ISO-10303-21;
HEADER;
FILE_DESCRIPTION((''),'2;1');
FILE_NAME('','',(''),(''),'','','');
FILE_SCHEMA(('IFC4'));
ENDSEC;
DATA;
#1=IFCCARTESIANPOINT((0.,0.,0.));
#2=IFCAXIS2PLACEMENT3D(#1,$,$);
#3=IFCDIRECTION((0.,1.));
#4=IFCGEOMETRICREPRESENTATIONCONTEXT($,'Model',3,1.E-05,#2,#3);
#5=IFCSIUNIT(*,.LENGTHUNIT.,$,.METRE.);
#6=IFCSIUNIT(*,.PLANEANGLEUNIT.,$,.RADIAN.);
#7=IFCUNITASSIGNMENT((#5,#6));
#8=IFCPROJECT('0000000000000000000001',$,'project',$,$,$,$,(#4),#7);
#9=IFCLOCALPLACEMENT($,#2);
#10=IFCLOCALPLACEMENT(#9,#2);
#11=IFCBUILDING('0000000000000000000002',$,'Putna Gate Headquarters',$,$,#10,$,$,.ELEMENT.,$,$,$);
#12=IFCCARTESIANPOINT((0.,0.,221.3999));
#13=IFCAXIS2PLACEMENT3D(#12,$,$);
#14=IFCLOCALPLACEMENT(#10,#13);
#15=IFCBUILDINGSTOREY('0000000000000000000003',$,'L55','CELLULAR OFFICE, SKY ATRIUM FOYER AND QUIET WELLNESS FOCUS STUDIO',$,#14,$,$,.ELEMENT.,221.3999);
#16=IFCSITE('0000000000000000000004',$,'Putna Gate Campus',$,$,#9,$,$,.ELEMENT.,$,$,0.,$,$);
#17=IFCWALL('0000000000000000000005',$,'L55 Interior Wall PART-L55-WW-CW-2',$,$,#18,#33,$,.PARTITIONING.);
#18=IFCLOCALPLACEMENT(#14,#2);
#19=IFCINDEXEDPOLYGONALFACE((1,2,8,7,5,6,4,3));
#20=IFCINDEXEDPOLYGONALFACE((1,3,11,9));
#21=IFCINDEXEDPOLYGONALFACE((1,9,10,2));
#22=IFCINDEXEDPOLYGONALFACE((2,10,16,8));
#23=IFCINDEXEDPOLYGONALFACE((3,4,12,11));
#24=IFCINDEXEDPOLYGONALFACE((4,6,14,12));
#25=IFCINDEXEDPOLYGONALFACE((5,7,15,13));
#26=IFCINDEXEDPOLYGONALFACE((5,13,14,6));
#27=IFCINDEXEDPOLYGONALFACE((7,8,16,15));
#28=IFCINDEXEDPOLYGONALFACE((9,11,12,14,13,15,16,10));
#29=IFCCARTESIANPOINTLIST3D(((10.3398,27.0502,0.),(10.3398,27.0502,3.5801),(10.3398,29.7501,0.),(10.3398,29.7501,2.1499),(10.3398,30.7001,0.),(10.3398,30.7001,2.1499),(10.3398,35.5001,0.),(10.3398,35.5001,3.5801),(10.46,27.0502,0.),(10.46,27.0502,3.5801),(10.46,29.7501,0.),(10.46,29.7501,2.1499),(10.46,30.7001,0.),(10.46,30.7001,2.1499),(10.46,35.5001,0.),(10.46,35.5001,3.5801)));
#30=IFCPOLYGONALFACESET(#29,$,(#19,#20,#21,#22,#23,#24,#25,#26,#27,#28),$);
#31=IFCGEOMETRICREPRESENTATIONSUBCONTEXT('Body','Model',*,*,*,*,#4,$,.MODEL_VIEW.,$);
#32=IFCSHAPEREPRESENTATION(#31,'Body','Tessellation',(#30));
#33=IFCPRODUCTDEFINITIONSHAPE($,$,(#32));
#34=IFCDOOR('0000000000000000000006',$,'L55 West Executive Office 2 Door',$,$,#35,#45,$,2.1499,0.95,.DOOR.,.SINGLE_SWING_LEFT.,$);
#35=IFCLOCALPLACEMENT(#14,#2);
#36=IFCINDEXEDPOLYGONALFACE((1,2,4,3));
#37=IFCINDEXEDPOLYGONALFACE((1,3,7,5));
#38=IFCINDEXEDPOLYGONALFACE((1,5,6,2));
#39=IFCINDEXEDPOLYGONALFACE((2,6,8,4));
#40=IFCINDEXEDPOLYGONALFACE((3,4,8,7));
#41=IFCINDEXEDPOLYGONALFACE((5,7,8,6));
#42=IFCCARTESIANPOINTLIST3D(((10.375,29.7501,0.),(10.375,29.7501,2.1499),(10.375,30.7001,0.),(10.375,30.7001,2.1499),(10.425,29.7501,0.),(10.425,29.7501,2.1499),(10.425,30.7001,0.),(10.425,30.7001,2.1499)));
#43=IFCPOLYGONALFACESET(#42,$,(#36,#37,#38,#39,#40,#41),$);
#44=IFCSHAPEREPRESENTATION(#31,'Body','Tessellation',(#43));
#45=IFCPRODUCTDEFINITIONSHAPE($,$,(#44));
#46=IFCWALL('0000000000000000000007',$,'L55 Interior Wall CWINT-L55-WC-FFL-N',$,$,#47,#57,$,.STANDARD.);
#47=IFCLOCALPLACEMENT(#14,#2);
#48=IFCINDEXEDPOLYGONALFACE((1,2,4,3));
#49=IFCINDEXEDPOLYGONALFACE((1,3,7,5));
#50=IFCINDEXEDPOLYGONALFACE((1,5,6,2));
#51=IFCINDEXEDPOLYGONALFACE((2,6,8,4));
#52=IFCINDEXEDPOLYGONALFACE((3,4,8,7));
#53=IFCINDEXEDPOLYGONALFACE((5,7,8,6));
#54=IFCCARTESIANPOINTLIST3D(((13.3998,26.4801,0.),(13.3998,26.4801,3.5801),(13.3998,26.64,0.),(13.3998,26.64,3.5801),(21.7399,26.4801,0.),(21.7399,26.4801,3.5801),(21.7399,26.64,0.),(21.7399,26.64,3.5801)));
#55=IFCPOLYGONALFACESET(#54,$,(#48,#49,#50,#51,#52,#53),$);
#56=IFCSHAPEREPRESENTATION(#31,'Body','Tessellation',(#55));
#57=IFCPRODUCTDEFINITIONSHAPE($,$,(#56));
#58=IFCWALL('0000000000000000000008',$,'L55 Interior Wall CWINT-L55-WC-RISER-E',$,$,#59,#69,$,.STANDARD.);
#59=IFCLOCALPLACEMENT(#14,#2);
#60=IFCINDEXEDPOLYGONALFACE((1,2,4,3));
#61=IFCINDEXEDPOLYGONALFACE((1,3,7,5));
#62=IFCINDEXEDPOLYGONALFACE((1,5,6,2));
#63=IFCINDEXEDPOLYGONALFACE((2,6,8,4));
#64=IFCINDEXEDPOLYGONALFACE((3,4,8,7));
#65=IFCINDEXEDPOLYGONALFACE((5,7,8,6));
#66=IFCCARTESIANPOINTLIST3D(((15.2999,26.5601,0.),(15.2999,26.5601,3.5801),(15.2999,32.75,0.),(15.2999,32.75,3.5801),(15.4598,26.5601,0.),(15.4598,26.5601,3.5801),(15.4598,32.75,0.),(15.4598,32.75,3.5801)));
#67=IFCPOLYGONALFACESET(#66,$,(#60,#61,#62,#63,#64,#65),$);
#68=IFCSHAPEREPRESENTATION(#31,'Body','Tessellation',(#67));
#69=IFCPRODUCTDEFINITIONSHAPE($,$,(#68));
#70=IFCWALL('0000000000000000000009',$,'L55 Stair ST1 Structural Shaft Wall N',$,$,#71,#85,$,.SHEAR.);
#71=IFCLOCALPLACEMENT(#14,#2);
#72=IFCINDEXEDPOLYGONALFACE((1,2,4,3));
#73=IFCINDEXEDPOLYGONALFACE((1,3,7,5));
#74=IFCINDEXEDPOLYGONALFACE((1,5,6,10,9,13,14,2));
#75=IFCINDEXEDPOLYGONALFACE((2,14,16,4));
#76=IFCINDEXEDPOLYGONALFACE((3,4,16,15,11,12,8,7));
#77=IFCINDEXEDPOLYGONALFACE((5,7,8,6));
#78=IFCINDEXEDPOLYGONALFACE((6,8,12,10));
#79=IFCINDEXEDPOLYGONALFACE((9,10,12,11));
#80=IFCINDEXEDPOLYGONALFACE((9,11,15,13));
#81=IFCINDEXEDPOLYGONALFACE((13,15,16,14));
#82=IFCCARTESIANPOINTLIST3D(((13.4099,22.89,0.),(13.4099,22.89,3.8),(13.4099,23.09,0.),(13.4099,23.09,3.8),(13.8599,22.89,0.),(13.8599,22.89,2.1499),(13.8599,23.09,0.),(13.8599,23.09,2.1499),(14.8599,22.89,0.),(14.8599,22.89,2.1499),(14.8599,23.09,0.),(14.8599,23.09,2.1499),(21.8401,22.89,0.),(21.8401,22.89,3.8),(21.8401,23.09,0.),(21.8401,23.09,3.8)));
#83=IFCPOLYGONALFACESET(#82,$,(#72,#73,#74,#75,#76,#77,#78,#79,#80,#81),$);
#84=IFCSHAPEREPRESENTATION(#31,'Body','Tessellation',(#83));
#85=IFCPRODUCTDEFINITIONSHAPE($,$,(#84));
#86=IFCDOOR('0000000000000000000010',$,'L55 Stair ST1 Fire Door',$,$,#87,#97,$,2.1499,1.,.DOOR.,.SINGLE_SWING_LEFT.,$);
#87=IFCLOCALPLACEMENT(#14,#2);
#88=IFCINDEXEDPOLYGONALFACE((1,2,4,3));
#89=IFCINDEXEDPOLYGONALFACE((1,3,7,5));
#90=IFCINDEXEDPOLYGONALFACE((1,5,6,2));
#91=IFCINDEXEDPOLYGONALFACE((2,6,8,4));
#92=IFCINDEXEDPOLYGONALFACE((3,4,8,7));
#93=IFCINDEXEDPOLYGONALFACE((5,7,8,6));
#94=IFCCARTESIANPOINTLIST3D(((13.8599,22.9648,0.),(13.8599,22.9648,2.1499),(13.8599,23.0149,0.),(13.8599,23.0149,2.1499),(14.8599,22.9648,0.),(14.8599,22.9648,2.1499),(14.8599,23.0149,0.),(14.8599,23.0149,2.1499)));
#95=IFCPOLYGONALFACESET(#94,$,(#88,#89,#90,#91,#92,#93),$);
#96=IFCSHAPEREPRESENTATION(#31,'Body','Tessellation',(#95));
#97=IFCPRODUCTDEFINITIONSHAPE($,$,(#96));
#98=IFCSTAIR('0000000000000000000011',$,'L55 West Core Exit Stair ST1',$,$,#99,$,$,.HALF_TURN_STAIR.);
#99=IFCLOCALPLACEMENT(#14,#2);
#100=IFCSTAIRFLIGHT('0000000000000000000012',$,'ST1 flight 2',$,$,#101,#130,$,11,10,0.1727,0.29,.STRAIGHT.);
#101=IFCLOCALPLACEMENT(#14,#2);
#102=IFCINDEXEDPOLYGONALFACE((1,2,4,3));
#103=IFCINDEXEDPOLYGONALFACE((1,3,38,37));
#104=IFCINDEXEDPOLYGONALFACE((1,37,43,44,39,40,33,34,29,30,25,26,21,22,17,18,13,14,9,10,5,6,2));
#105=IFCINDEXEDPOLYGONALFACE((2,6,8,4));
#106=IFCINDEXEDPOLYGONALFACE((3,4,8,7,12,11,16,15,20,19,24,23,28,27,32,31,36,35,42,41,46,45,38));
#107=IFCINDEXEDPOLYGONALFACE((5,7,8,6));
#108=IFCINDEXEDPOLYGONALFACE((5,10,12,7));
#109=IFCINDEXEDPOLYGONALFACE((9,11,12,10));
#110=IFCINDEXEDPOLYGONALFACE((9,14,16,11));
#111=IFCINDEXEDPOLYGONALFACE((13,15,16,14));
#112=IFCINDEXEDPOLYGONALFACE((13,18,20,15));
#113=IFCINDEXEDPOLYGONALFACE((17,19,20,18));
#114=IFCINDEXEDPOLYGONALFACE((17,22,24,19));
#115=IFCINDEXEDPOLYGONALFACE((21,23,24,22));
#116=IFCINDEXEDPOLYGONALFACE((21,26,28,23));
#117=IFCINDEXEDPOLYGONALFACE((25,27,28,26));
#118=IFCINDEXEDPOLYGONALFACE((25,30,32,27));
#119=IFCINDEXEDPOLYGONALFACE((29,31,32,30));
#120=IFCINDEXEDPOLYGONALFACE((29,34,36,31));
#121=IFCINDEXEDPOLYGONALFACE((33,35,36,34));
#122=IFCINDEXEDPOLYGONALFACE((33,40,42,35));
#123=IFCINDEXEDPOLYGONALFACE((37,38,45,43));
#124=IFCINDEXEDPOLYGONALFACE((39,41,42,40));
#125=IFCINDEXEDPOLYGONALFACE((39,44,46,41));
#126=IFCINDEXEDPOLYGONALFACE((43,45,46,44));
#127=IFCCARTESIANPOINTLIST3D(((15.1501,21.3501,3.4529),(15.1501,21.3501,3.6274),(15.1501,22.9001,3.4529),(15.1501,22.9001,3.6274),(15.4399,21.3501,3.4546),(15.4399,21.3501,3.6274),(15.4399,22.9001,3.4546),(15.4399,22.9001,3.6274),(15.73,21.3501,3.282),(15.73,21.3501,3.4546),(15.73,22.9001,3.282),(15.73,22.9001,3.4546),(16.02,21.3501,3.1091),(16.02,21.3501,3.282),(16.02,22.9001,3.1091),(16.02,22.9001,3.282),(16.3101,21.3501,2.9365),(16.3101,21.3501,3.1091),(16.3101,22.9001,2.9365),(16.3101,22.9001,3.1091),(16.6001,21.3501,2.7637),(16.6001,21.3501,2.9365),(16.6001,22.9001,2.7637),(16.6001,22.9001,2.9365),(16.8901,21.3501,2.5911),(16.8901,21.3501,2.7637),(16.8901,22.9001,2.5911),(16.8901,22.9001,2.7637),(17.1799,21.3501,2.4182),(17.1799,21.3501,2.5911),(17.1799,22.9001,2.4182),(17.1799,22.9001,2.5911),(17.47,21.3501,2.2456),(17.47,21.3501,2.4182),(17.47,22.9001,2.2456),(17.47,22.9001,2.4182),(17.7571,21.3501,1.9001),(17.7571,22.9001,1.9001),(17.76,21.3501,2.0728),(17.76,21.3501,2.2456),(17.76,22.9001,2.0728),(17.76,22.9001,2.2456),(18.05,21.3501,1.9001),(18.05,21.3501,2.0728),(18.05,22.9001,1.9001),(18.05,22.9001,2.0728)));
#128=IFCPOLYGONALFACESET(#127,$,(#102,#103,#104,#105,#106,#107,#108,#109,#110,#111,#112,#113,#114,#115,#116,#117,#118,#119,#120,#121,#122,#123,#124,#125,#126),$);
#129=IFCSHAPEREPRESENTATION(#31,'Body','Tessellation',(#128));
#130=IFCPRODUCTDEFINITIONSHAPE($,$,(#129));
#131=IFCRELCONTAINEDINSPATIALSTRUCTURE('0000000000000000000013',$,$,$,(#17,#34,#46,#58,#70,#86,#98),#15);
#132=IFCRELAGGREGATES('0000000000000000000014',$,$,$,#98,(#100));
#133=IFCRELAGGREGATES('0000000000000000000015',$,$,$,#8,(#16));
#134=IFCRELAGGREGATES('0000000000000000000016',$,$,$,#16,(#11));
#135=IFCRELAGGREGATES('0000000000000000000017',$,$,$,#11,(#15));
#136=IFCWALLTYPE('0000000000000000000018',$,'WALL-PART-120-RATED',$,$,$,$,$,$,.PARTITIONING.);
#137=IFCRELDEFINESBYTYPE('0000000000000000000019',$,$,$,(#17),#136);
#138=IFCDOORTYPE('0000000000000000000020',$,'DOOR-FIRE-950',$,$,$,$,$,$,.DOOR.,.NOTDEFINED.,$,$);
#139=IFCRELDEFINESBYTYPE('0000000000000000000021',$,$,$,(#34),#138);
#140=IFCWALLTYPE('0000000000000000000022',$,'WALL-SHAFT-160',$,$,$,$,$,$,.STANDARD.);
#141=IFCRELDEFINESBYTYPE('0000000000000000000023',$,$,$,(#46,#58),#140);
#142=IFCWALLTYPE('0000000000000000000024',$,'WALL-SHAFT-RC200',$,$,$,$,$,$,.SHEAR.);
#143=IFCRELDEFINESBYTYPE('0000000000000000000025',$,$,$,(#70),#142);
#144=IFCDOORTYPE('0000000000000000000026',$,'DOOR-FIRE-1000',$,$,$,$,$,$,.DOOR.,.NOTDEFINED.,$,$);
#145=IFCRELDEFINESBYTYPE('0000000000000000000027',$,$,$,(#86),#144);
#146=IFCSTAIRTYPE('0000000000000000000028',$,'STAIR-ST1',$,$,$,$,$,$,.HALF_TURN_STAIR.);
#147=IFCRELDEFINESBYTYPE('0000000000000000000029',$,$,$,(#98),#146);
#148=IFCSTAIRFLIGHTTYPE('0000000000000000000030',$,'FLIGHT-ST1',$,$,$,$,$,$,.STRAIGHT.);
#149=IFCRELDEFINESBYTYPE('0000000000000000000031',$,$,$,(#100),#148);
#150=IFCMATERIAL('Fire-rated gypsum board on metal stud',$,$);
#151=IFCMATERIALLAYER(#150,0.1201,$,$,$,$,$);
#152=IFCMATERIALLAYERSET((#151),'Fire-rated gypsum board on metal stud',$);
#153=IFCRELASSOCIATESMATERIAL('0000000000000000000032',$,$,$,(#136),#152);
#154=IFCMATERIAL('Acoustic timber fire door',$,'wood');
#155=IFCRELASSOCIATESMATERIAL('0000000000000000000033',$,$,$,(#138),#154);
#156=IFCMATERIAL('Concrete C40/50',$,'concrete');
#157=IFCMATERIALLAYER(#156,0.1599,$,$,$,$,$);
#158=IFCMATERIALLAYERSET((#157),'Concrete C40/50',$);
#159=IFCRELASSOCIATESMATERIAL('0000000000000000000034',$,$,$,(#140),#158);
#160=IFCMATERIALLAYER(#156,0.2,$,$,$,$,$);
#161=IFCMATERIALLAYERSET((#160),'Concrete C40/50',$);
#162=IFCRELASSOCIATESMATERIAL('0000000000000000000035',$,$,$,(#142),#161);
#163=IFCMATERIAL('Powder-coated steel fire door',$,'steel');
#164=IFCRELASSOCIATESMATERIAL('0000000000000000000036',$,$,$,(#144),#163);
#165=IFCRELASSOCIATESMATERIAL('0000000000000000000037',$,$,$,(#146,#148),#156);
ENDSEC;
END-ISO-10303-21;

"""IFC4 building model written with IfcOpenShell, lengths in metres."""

from ifc_helpers import new_model, si_unit, direction, frame, frame_2d, origin, place, context, subcontext, project, spatial, polyline, rectangle, outline, extrude, material, layer, layer_set, type_object, element, fill, aggregate, save


model = new_model("IFC4")

# Units and contexts
model_context = context("Model", 3, precision=1e-05, world=origin(), true_north=direction((0.0, 1.0)))
body_context = subcontext(model_context, "Body", "Model", "MODEL_VIEW")
ifc_project = project(units=[si_unit("LENGTHUNIT", "METRE"), si_unit("PLANEANGLEUNIT", "RADIAN")], contexts=[model_context])

# Site, building, storey
site_placement = place(None, origin())
site = spatial("IfcSite", under=ifc_project, at=site_placement, Name="Putna Gate Campus", CompositionType="ELEMENT", RefElevation=0.0)
building_placement = place(site_placement, origin())
building = spatial("IfcBuilding", under=site, at=building_placement, Name="Putna Gate Headquarters", CompositionType="ELEMENT")
storey_placement = place(building_placement, frame((0.0, 0.0, 221.3999)))
storey = spatial("IfcBuildingStorey", under=building, at=storey_placement, Name="L55", Description="CELLULAR OFFICE, SKY ATRIUM FOYER AND QUIET WELLNESS FOCUS STUDIO", CompositionType="ELEMENT", Elevation=221.3999)

# Shared definitions
ifc_material_1 = material(Name="Fire-rated gypsum board on metal stud")
ifc_layer_1 = layer(ifc_material_1, 0.1201)
ifc_layer_set_1 = layer_set([ifc_layer_1], Name="Fire-rated gypsum board on metal stud")
wall_type_1 = type_object("IfcWallType", Name="WALL-PART-120-RATED", PredefinedType="PARTITIONING", material=ifc_layer_set_1)

# Wall, opening, door
wall_1_placement = place(storey_placement, frame((10.3999, 27.05, 0.0), z_axis=(0.0, 0.0, 1.0), x_axis=(0.0, 1.0, 0.0)))
wall_1 = element("IfcWall", 1, at=wall_1_placement, inside=storey, type_object=wall_type_1, Name="L55 Interior Wall PART-L55-WW-CW-2", PredefinedType="PARTITIONING", context=body_context, shape_type="SweptSolid", body=[
    extrude(rectangle(XDim=8.45, YDim=0.1201, at=frame_2d((4.2251, 0.0))), origin(), (0.0, 0.0, 1.0), 3.5801),
])
opening_1_placement = place(wall_1_placement, frame((2.7, 0.0, 0.0)))
opening_1 = element("IfcOpeningElement", 2, at=opening_1_placement, cuts=wall_1, PredefinedType="OPENING", context=body_context, shape_type="SweptSolid", body=[
    extrude(rectangle(XDim=0.95, YDim=2.1499, at=frame_2d((0.4751, 1.075))), frame((0.0, 0.0701, 0.0), z_axis=(0.0, -1.0, 0.0), x_axis=(1.0, 0.0, 0.0)), (0.0, 0.0, 1.0), 0.1401),
])
ifc_material_2 = material(Name="Acoustic timber fire door", Category="wood")
door_type_1 = type_object("IfcDoorType", Name="DOOR-FIRE-950", OperationType="NOTDEFINED", PredefinedType="DOOR", material=ifc_material_2)
door_1_placement = place(opening_1_placement, origin())
door_1 = element("IfcDoor", 3, at=door_1_placement, inside=storey, type_object=door_type_1, Name="L55 West Executive Office 2 Door", OperationType="SINGLE_SWING_LEFT", OverallHeight=2.1499, OverallWidth=0.95, PredefinedType="DOOR", context=body_context, shape_type="SweptSolid", body=[
    extrude(rectangle(XDim=0.95, YDim=2.1499, at=frame_2d((0.4751, 1.075))), frame((0.0, 0.0249, 0.0), z_axis=(0.0, -1.0, 0.0), x_axis=(1.0, 0.0, 0.0)), (0.0, 0.0, 1.0), 0.05),
])
fill(opening_1, door_1)

# Walls
ifc_material_3 = material(Name="Concrete C40/50", Category="concrete")
ifc_layer_2 = layer(ifc_material_3, 0.1599)
ifc_layer_set_2 = layer_set([ifc_layer_2], Name="Concrete C40/50")
wall_type_2 = type_object("IfcWallType", Name="WALL-SHAFT-160", PredefinedType="STANDARD", material=ifc_layer_set_2)
wall_2_placement = place(storey_placement, frame((13.3999, 26.5601, 0.0), z_axis=(0.0, 0.0, 1.0), x_axis=(1.0, 0.0, 0.0)))
element("IfcWall", 4, at=wall_2_placement, inside=storey, type_object=wall_type_2, Name="L55 Interior Wall CWINT-L55-WC-FFL-N", PredefinedType="STANDARD", context=body_context, shape_type="SweptSolid", body=[
    extrude(rectangle(XDim=8.3401, YDim=0.1599, at=frame_2d((4.1699, 0.0))), origin(), (0.0, 0.0, 1.0), 3.5801),
])
wall_3_placement = place(storey_placement, frame((15.3799, 26.5601, 0.0), z_axis=(0.0, 0.0, 1.0), x_axis=(0.0, 1.0, 0.0)))
element("IfcWall", 5, at=wall_3_placement, inside=storey, type_object=wall_type_2, Name="L55 Interior Wall CWINT-L55-WC-RISER-E", PredefinedType="STANDARD", context=body_context, shape_type="SweptSolid", body=[
    extrude(rectangle(XDim=6.1899, YDim=0.1599, at=frame_2d((3.095, 0.0))), origin(), (0.0, 0.0, 1.0), 3.5801),
])

# Wall, opening, door
ifc_layer_3 = layer(ifc_material_3, 0.2)
ifc_layer_set_3 = layer_set([ifc_layer_3], Name="Concrete C40/50")
wall_type_3 = type_object("IfcWallType", Name="WALL-SHAFT-RC200", PredefinedType="SHEAR", material=ifc_layer_set_3)
wall_4_placement = place(storey_placement, frame((13.4099, 22.99, 0.0), z_axis=(0.0, 0.0, 1.0), x_axis=(1.0, 0.0, 0.0)))
wall_4 = element("IfcWall", 6, at=wall_4_placement, inside=storey, type_object=wall_type_3, Name="L55 Stair ST1 Structural Shaft Wall N", PredefinedType="SHEAR", context=body_context, shape_type="SweptSolid", body=[
    extrude(rectangle(XDim=8.4302, YDim=0.2, at=frame_2d((4.2151, 0.0))), origin(), (0.0, 0.0, 1.0), 3.8),
])
opening_2_placement = place(wall_4_placement, frame((0.45, 0.0, 0.0)))
opening_2 = element("IfcOpeningElement", 7, at=opening_2_placement, cuts=wall_4, PredefinedType="OPENING", context=body_context, shape_type="SweptSolid", body=[
    extrude(rectangle(XDim=1.0, YDim=2.1499, at=frame_2d((0.5, 1.075))), frame((0.0, 0.1099, 0.0), z_axis=(0.0, -1.0, 0.0), x_axis=(1.0, 0.0, 0.0)), (0.0, 0.0, 1.0), 0.22),
])
ifc_material_4 = material(Name="Powder-coated steel fire door", Category="steel")
door_type_2 = type_object("IfcDoorType", Name="DOOR-FIRE-1000", OperationType="NOTDEFINED", PredefinedType="DOOR", material=ifc_material_4)
door_2_placement = place(opening_2_placement, origin())
door_2 = element("IfcDoor", 8, at=door_2_placement, inside=storey, type_object=door_type_2, Name="L55 Stair ST1 Fire Door", OperationType="SINGLE_SWING_LEFT", OverallHeight=2.1499, OverallWidth=1.0, PredefinedType="DOOR", context=body_context, shape_type="SweptSolid", body=[
    extrude(rectangle(XDim=1.0, YDim=2.1499, at=frame_2d((0.5, 1.075))), frame((0.0, 0.0249, 0.0), z_axis=(0.0, -1.0, 0.0), x_axis=(1.0, 0.0, 0.0)), (0.0, 0.0, 1.0), 0.05),
])
fill(opening_2, door_2)

# Stair, stair flight
stair_type = type_object("IfcStairType", Name="STAIR-ST1", PredefinedType="HALF_TURN_STAIR", material=ifc_material_3)
stair_placement = place(storey_placement, origin())
stair = element("IfcStair", 9, at=stair_placement, inside=storey, type_object=stair_type, Name="L55 West Core Exit Stair ST1", PredefinedType="HALF_TURN_STAIR")
stair_flight_type = type_object("IfcStairFlightType", Name="FLIGHT-ST1", PredefinedType="STRAIGHT", material=ifc_material_3)
stair_flight_placement = place(storey_placement, frame((18.05, 22.125, 1.9001), z_axis=(0.0, 0.0, 1.0), x_axis=(-1.0, 0.0, 0.0)))
stair_flight = element("IfcStairFlight", 10, at=stair_flight_placement, type_object=stair_flight_type, Name="ST1 flight 2", NumberOfRisers=11, NumberOfTreads=10, PredefinedType="STRAIGHT", RiserHeight=0.1727, TreadLength=0.29, context=body_context, shape_type="SweptSolid", body=[
    extrude(outline(polyline([(0.0, 0.0), (0.0, 0.1726), (0.29, 0.1726), (0.29, 0.3455), (0.5801, 0.3455), (0.5801, 0.5181), (0.8701, 0.5181), (0.8701, 0.6909), (1.1599, 0.6909), (1.1599, 0.8635), (1.45, 0.8635), (1.45, 1.0364), (1.74, 1.0364), (1.74, 1.209), (2.03, 1.209), (2.03, 1.3818), (2.3201, 1.3818), (2.3201, 1.5544), (2.6101, 1.5544), (2.6101, 1.7273), (2.8999, 1.7273), (2.8999, 1.8999), (2.8999, 1.5527), (0.293, 0.0), (0.0, 0.0)])), frame((0.0, 0.7749, 0.0), z_axis=(0.0, -1.0, 0.0), x_axis=(1.0, 0.0, 0.0)), (0.0, 0.0, 1.0), 1.55),
])
aggregate(stair, [stair_flight])

save(model, "model.ifc")
